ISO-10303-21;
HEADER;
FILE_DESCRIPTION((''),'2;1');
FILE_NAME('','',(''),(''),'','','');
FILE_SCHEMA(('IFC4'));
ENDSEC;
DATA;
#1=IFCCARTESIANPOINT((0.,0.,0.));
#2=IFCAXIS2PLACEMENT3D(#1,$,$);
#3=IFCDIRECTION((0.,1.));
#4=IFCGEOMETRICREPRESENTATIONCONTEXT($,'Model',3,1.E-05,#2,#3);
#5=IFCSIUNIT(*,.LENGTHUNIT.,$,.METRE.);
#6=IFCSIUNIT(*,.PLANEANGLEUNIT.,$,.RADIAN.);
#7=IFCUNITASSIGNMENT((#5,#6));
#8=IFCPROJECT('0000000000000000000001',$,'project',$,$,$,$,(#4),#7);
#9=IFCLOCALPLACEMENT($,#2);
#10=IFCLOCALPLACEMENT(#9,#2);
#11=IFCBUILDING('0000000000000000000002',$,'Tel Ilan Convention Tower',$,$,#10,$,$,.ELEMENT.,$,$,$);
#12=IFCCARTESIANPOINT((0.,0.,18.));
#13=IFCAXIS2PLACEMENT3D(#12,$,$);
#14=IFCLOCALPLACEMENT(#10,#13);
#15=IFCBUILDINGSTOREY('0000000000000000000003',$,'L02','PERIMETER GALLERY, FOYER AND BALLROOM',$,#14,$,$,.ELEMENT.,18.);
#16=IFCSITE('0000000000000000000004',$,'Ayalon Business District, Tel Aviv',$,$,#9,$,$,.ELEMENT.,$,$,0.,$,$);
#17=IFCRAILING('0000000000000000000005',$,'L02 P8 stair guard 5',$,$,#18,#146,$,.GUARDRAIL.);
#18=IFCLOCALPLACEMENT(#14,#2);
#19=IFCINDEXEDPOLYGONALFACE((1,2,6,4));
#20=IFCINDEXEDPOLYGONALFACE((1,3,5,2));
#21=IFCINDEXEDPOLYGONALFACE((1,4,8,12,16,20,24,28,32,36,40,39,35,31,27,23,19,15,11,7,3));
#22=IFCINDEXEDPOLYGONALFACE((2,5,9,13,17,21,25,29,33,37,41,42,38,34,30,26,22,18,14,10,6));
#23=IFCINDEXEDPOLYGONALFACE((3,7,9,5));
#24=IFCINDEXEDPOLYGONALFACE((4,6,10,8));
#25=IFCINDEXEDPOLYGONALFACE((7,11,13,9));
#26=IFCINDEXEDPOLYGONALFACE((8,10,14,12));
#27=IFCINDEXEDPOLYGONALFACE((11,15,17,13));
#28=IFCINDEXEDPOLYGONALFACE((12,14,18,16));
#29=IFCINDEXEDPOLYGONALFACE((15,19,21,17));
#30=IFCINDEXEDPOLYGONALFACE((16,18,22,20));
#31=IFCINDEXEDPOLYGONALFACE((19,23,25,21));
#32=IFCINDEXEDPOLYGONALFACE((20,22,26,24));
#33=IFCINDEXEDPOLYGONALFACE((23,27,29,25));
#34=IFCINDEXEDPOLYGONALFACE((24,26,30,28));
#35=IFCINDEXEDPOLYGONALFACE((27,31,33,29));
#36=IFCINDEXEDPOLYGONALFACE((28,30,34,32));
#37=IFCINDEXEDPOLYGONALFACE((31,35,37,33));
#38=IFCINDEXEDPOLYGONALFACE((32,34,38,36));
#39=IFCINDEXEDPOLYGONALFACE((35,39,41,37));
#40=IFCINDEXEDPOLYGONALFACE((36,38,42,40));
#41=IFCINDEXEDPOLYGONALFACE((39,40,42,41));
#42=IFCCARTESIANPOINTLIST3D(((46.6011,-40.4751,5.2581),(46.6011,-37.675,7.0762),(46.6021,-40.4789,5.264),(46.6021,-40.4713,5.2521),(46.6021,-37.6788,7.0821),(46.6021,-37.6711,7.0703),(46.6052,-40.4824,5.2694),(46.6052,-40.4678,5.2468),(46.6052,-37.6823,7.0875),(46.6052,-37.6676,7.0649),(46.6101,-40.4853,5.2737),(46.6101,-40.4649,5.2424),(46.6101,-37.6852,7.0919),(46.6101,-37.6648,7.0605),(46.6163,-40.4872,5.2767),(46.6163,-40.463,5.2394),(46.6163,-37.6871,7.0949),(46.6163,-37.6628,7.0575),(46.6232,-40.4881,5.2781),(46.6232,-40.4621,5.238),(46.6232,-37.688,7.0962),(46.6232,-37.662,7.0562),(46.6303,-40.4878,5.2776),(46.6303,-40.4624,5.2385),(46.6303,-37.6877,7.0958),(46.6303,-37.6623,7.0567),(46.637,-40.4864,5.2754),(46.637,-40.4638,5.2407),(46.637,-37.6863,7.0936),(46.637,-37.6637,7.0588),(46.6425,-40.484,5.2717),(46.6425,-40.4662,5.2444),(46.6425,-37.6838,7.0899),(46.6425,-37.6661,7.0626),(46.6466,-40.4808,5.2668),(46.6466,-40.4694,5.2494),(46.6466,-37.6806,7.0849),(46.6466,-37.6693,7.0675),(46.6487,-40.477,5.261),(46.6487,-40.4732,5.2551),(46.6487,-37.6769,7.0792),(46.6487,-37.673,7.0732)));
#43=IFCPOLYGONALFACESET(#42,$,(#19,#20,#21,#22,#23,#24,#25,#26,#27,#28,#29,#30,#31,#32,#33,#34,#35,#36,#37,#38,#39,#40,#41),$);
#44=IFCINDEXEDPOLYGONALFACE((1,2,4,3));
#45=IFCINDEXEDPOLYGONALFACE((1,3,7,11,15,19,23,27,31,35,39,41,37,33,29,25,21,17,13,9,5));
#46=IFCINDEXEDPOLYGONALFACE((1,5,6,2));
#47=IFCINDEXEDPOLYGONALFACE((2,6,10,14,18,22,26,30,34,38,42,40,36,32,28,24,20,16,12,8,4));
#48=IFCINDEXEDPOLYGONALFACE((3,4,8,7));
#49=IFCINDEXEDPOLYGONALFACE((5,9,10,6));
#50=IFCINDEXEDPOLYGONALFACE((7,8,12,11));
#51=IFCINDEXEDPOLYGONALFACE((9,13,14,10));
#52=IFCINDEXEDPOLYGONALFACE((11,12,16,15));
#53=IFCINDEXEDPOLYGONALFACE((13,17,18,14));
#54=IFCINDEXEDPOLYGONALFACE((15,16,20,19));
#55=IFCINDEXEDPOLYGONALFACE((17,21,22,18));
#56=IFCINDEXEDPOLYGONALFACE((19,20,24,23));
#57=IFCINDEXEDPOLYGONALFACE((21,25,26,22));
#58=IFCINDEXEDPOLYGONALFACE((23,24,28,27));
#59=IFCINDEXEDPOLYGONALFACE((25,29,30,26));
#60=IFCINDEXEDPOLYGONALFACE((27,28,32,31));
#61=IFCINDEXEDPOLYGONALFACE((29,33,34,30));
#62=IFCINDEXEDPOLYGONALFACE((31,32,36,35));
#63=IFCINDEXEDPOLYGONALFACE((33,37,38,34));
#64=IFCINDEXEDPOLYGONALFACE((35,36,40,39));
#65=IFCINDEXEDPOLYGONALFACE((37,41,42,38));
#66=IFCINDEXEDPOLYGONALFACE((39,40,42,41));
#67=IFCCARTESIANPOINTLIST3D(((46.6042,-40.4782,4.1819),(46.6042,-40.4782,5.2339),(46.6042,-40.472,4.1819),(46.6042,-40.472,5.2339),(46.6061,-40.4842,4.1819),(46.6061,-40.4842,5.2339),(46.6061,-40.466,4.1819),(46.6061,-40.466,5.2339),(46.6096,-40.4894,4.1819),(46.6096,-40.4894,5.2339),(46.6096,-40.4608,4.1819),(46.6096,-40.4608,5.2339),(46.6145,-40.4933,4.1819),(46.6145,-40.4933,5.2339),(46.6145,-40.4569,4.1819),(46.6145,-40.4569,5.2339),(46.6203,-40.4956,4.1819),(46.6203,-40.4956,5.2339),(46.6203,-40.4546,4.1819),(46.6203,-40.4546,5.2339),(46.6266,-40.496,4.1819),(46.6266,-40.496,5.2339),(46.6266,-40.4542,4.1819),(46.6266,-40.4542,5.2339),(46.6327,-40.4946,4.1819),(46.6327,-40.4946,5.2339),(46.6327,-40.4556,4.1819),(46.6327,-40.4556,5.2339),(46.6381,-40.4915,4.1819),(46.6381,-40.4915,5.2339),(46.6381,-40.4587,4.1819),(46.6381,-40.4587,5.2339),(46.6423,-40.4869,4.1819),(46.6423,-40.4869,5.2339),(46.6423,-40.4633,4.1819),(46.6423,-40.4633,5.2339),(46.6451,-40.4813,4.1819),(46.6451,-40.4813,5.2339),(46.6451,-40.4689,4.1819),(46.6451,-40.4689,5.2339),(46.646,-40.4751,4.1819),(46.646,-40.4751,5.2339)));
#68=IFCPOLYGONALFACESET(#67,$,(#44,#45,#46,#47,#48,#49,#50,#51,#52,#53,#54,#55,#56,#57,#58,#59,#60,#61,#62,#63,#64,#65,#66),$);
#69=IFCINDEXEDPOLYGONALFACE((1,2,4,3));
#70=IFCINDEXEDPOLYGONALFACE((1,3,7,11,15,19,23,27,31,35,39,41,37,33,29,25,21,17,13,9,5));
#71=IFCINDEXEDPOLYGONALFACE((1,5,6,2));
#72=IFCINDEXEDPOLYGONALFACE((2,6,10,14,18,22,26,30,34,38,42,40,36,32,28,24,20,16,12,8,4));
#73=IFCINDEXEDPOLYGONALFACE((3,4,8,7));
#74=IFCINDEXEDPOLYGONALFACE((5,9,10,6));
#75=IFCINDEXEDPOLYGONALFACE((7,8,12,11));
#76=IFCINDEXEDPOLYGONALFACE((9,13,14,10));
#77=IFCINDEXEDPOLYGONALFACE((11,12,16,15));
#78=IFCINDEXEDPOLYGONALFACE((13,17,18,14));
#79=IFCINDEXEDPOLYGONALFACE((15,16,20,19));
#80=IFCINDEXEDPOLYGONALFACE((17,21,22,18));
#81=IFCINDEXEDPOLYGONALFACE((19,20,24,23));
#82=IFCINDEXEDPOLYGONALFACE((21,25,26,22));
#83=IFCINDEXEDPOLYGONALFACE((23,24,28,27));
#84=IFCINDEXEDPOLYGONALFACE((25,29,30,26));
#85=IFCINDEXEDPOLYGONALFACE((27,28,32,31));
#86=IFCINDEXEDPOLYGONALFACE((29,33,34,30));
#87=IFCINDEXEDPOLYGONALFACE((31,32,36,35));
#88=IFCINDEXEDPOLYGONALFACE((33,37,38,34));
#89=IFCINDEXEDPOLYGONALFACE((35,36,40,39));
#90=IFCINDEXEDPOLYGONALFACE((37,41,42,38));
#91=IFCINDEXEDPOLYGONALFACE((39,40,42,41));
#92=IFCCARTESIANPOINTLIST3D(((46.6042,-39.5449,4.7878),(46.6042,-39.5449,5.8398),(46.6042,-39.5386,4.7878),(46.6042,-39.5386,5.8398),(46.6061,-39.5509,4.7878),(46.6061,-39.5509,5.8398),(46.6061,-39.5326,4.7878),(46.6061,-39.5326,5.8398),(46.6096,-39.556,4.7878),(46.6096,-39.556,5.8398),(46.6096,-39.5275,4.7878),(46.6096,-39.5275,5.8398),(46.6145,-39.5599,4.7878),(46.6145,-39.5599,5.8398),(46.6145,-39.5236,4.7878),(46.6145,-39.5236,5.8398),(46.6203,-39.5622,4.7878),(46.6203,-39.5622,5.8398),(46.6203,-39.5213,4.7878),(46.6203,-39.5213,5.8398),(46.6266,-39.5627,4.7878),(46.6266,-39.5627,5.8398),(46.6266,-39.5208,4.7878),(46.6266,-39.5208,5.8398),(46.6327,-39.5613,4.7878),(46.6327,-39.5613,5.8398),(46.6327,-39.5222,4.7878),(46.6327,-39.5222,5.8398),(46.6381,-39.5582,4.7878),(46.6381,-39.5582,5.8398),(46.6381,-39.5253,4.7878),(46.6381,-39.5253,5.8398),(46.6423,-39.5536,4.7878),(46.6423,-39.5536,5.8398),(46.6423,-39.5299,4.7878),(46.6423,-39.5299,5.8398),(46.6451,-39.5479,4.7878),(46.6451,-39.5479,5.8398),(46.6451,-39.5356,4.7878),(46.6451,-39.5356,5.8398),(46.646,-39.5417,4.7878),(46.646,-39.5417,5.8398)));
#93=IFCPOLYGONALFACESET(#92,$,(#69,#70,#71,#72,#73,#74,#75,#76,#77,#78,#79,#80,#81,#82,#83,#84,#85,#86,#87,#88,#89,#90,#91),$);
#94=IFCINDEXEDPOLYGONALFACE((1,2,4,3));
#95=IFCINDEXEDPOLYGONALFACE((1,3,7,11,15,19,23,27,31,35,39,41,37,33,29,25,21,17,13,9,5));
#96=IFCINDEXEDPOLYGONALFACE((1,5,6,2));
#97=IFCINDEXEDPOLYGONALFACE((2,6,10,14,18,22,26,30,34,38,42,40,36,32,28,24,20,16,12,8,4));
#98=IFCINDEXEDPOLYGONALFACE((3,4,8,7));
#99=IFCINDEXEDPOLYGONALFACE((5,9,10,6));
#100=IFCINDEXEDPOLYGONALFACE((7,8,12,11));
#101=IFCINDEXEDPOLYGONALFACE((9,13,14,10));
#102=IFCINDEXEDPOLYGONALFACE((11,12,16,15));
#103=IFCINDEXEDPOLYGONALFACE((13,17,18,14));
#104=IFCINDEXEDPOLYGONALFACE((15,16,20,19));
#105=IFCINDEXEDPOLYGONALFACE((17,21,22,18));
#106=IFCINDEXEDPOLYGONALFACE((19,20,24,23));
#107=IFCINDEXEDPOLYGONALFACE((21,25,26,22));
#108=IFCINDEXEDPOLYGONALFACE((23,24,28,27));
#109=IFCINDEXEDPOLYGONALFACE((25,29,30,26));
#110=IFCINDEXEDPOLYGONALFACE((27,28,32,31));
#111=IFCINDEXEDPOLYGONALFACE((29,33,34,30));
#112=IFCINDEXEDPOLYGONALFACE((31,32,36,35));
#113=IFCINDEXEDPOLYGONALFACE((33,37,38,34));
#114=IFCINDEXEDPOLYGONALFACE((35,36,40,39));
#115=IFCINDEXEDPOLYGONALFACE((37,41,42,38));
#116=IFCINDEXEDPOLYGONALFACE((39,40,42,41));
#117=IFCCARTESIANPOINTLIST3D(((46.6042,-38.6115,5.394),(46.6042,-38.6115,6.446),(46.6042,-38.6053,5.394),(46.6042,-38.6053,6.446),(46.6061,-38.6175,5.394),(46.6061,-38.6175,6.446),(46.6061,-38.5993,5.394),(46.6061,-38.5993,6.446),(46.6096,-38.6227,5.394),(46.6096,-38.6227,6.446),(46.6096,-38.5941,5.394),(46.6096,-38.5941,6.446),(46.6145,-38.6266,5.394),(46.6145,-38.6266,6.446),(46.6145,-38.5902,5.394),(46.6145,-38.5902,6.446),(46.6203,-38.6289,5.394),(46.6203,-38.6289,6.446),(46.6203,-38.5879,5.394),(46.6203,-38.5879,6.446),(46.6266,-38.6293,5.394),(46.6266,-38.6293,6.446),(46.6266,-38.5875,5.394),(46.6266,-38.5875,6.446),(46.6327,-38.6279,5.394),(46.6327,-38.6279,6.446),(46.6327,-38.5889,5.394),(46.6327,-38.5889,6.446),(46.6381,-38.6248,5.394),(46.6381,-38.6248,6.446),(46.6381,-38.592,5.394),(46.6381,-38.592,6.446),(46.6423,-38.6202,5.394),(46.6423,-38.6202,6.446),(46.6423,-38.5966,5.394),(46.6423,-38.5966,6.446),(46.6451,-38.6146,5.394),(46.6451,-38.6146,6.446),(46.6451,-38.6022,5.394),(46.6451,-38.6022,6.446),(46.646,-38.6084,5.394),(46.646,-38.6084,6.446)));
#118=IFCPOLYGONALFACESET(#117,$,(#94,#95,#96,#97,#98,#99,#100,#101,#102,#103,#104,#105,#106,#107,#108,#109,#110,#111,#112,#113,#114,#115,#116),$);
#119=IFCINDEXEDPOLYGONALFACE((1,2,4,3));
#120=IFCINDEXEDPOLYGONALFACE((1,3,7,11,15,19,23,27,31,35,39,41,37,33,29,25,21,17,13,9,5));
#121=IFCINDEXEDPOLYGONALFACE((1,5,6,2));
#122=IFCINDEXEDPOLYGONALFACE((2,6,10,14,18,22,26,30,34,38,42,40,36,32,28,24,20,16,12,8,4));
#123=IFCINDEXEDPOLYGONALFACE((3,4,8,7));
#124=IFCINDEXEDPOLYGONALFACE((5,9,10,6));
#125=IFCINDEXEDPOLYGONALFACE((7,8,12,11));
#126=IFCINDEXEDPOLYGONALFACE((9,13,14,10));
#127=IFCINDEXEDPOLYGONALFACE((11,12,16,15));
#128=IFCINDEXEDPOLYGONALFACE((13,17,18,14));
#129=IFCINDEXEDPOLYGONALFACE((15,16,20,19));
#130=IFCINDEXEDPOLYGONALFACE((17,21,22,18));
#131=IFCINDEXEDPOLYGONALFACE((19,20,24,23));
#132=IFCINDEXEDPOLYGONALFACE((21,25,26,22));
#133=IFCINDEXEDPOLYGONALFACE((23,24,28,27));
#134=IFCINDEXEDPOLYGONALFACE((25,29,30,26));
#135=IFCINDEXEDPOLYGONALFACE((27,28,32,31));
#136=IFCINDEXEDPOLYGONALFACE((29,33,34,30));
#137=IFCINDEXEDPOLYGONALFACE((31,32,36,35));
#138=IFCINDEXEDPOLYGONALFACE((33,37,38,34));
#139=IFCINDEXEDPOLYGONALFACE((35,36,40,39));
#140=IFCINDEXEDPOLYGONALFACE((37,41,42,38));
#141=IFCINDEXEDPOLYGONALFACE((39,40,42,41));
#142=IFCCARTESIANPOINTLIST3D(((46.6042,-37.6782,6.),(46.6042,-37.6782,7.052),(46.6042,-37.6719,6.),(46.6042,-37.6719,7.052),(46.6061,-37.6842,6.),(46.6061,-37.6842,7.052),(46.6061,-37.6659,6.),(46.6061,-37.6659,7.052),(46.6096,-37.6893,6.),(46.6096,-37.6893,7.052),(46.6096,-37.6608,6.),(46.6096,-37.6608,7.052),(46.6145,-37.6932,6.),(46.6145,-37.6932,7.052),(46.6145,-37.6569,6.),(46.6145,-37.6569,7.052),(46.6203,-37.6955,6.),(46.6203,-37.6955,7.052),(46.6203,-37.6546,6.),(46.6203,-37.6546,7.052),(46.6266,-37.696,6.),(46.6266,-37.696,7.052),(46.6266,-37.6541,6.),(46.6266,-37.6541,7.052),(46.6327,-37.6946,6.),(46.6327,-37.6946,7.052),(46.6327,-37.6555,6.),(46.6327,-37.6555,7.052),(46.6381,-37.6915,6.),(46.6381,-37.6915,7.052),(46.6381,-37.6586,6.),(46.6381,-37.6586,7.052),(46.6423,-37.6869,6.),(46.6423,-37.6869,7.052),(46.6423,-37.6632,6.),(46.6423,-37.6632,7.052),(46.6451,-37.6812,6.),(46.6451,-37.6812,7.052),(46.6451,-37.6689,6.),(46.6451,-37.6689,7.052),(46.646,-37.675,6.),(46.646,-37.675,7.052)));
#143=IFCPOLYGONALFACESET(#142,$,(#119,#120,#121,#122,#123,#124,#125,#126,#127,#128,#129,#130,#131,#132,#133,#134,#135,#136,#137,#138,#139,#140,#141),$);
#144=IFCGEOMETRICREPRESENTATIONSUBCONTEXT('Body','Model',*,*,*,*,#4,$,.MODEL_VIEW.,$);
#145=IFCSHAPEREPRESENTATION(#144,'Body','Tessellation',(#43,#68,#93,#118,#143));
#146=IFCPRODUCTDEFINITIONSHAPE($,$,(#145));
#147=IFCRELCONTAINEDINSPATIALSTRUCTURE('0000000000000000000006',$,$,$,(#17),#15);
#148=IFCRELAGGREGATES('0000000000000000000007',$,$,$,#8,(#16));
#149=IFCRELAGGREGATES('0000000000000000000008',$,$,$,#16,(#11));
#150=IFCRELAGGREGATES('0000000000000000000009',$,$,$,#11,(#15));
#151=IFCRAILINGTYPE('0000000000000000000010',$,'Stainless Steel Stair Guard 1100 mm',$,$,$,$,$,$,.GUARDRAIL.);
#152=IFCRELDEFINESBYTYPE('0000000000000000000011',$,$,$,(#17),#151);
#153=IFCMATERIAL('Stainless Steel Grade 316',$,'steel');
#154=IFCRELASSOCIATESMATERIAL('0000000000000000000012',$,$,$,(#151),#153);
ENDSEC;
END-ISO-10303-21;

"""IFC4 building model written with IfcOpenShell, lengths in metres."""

from ifc_helpers import new_model, si_unit, direction, frame, origin, origin_2d, place, context, subcontext, project, spatial, circle, extrude, material, type_object, element, save


model = new_model("IFC4")

# Units and contexts
model_context = context("Model", 3, precision=1e-05, world=origin(), true_north=direction((0.0, 1.0)))
body_context = subcontext(model_context, "Body", "Model", "MODEL_VIEW")
ifc_project = project(units=[si_unit("LENGTHUNIT", "METRE"), si_unit("PLANEANGLEUNIT", "RADIAN")], contexts=[model_context])

# Site, building, storey
site_placement = place(None, origin())
site = spatial("IfcSite", under=ifc_project, at=site_placement, Name="Ayalon Business District, Tel Aviv", CompositionType="ELEMENT", RefElevation=0.0)
building_placement = place(site_placement, origin())
building = spatial("IfcBuilding", under=site, at=building_placement, Name="Tel Ilan Convention Tower", CompositionType="ELEMENT")
storey_placement = place(building_placement, frame((0.0, 0.0, 18.0)))
storey = spatial("IfcBuildingStorey", under=building, at=storey_placement, Name="L02", Description="PERIMETER GALLERY, FOYER AND BALLROOM", CompositionType="ELEMENT", Elevation=18.0)

# Railing
ifc_material_1 = material(Name="Stainless Steel Grade 316", Category="steel")
railing_type_1 = type_object("IfcRailingType", Name="Stainless Steel Stair Guard 1100 mm", PredefinedType="GUARDRAIL", material=ifc_material_1)
railing_1_placement = place(storey_placement, frame((46.625, -40.4751, 4.1819)))
element("IfcRailing", 1, at=railing_1_placement, inside=storey, type_object=railing_type_1, Name="L02 P8 stair guard 5", PredefinedType="GUARDRAIL", context=body_context, shape_type="SweptSolid", body=[
    extrude(circle(Radius=0.0239, at=origin_2d()), frame((0.0, 0.0, 1.0762), z_axis=(0.0, 0.838706, 0.544585), x_axis=(-1.0, 0.0, 0.0)), (0.0, 0.0, 1.0), 3.3386),
    extrude(circle(Radius=0.021, at=origin_2d()), origin(), (0.0, 0.0, 1.0), 1.052),
    extrude(circle(Radius=0.021, at=origin_2d()), frame((0.0, 0.9333, 0.606)), (0.0, 0.0, 1.0), 1.052),
    extrude(circle(Radius=0.021, at=origin_2d()), frame((0.0, 1.8667, 1.2122)), (0.0, 0.0, 1.0), 1.052),
    extrude(circle(Radius=0.021, at=origin_2d()), frame((0.0, 2.8, 1.8181)), (0.0, 0.0, 1.0), 1.052),
])

save(model, "model.ifc")
